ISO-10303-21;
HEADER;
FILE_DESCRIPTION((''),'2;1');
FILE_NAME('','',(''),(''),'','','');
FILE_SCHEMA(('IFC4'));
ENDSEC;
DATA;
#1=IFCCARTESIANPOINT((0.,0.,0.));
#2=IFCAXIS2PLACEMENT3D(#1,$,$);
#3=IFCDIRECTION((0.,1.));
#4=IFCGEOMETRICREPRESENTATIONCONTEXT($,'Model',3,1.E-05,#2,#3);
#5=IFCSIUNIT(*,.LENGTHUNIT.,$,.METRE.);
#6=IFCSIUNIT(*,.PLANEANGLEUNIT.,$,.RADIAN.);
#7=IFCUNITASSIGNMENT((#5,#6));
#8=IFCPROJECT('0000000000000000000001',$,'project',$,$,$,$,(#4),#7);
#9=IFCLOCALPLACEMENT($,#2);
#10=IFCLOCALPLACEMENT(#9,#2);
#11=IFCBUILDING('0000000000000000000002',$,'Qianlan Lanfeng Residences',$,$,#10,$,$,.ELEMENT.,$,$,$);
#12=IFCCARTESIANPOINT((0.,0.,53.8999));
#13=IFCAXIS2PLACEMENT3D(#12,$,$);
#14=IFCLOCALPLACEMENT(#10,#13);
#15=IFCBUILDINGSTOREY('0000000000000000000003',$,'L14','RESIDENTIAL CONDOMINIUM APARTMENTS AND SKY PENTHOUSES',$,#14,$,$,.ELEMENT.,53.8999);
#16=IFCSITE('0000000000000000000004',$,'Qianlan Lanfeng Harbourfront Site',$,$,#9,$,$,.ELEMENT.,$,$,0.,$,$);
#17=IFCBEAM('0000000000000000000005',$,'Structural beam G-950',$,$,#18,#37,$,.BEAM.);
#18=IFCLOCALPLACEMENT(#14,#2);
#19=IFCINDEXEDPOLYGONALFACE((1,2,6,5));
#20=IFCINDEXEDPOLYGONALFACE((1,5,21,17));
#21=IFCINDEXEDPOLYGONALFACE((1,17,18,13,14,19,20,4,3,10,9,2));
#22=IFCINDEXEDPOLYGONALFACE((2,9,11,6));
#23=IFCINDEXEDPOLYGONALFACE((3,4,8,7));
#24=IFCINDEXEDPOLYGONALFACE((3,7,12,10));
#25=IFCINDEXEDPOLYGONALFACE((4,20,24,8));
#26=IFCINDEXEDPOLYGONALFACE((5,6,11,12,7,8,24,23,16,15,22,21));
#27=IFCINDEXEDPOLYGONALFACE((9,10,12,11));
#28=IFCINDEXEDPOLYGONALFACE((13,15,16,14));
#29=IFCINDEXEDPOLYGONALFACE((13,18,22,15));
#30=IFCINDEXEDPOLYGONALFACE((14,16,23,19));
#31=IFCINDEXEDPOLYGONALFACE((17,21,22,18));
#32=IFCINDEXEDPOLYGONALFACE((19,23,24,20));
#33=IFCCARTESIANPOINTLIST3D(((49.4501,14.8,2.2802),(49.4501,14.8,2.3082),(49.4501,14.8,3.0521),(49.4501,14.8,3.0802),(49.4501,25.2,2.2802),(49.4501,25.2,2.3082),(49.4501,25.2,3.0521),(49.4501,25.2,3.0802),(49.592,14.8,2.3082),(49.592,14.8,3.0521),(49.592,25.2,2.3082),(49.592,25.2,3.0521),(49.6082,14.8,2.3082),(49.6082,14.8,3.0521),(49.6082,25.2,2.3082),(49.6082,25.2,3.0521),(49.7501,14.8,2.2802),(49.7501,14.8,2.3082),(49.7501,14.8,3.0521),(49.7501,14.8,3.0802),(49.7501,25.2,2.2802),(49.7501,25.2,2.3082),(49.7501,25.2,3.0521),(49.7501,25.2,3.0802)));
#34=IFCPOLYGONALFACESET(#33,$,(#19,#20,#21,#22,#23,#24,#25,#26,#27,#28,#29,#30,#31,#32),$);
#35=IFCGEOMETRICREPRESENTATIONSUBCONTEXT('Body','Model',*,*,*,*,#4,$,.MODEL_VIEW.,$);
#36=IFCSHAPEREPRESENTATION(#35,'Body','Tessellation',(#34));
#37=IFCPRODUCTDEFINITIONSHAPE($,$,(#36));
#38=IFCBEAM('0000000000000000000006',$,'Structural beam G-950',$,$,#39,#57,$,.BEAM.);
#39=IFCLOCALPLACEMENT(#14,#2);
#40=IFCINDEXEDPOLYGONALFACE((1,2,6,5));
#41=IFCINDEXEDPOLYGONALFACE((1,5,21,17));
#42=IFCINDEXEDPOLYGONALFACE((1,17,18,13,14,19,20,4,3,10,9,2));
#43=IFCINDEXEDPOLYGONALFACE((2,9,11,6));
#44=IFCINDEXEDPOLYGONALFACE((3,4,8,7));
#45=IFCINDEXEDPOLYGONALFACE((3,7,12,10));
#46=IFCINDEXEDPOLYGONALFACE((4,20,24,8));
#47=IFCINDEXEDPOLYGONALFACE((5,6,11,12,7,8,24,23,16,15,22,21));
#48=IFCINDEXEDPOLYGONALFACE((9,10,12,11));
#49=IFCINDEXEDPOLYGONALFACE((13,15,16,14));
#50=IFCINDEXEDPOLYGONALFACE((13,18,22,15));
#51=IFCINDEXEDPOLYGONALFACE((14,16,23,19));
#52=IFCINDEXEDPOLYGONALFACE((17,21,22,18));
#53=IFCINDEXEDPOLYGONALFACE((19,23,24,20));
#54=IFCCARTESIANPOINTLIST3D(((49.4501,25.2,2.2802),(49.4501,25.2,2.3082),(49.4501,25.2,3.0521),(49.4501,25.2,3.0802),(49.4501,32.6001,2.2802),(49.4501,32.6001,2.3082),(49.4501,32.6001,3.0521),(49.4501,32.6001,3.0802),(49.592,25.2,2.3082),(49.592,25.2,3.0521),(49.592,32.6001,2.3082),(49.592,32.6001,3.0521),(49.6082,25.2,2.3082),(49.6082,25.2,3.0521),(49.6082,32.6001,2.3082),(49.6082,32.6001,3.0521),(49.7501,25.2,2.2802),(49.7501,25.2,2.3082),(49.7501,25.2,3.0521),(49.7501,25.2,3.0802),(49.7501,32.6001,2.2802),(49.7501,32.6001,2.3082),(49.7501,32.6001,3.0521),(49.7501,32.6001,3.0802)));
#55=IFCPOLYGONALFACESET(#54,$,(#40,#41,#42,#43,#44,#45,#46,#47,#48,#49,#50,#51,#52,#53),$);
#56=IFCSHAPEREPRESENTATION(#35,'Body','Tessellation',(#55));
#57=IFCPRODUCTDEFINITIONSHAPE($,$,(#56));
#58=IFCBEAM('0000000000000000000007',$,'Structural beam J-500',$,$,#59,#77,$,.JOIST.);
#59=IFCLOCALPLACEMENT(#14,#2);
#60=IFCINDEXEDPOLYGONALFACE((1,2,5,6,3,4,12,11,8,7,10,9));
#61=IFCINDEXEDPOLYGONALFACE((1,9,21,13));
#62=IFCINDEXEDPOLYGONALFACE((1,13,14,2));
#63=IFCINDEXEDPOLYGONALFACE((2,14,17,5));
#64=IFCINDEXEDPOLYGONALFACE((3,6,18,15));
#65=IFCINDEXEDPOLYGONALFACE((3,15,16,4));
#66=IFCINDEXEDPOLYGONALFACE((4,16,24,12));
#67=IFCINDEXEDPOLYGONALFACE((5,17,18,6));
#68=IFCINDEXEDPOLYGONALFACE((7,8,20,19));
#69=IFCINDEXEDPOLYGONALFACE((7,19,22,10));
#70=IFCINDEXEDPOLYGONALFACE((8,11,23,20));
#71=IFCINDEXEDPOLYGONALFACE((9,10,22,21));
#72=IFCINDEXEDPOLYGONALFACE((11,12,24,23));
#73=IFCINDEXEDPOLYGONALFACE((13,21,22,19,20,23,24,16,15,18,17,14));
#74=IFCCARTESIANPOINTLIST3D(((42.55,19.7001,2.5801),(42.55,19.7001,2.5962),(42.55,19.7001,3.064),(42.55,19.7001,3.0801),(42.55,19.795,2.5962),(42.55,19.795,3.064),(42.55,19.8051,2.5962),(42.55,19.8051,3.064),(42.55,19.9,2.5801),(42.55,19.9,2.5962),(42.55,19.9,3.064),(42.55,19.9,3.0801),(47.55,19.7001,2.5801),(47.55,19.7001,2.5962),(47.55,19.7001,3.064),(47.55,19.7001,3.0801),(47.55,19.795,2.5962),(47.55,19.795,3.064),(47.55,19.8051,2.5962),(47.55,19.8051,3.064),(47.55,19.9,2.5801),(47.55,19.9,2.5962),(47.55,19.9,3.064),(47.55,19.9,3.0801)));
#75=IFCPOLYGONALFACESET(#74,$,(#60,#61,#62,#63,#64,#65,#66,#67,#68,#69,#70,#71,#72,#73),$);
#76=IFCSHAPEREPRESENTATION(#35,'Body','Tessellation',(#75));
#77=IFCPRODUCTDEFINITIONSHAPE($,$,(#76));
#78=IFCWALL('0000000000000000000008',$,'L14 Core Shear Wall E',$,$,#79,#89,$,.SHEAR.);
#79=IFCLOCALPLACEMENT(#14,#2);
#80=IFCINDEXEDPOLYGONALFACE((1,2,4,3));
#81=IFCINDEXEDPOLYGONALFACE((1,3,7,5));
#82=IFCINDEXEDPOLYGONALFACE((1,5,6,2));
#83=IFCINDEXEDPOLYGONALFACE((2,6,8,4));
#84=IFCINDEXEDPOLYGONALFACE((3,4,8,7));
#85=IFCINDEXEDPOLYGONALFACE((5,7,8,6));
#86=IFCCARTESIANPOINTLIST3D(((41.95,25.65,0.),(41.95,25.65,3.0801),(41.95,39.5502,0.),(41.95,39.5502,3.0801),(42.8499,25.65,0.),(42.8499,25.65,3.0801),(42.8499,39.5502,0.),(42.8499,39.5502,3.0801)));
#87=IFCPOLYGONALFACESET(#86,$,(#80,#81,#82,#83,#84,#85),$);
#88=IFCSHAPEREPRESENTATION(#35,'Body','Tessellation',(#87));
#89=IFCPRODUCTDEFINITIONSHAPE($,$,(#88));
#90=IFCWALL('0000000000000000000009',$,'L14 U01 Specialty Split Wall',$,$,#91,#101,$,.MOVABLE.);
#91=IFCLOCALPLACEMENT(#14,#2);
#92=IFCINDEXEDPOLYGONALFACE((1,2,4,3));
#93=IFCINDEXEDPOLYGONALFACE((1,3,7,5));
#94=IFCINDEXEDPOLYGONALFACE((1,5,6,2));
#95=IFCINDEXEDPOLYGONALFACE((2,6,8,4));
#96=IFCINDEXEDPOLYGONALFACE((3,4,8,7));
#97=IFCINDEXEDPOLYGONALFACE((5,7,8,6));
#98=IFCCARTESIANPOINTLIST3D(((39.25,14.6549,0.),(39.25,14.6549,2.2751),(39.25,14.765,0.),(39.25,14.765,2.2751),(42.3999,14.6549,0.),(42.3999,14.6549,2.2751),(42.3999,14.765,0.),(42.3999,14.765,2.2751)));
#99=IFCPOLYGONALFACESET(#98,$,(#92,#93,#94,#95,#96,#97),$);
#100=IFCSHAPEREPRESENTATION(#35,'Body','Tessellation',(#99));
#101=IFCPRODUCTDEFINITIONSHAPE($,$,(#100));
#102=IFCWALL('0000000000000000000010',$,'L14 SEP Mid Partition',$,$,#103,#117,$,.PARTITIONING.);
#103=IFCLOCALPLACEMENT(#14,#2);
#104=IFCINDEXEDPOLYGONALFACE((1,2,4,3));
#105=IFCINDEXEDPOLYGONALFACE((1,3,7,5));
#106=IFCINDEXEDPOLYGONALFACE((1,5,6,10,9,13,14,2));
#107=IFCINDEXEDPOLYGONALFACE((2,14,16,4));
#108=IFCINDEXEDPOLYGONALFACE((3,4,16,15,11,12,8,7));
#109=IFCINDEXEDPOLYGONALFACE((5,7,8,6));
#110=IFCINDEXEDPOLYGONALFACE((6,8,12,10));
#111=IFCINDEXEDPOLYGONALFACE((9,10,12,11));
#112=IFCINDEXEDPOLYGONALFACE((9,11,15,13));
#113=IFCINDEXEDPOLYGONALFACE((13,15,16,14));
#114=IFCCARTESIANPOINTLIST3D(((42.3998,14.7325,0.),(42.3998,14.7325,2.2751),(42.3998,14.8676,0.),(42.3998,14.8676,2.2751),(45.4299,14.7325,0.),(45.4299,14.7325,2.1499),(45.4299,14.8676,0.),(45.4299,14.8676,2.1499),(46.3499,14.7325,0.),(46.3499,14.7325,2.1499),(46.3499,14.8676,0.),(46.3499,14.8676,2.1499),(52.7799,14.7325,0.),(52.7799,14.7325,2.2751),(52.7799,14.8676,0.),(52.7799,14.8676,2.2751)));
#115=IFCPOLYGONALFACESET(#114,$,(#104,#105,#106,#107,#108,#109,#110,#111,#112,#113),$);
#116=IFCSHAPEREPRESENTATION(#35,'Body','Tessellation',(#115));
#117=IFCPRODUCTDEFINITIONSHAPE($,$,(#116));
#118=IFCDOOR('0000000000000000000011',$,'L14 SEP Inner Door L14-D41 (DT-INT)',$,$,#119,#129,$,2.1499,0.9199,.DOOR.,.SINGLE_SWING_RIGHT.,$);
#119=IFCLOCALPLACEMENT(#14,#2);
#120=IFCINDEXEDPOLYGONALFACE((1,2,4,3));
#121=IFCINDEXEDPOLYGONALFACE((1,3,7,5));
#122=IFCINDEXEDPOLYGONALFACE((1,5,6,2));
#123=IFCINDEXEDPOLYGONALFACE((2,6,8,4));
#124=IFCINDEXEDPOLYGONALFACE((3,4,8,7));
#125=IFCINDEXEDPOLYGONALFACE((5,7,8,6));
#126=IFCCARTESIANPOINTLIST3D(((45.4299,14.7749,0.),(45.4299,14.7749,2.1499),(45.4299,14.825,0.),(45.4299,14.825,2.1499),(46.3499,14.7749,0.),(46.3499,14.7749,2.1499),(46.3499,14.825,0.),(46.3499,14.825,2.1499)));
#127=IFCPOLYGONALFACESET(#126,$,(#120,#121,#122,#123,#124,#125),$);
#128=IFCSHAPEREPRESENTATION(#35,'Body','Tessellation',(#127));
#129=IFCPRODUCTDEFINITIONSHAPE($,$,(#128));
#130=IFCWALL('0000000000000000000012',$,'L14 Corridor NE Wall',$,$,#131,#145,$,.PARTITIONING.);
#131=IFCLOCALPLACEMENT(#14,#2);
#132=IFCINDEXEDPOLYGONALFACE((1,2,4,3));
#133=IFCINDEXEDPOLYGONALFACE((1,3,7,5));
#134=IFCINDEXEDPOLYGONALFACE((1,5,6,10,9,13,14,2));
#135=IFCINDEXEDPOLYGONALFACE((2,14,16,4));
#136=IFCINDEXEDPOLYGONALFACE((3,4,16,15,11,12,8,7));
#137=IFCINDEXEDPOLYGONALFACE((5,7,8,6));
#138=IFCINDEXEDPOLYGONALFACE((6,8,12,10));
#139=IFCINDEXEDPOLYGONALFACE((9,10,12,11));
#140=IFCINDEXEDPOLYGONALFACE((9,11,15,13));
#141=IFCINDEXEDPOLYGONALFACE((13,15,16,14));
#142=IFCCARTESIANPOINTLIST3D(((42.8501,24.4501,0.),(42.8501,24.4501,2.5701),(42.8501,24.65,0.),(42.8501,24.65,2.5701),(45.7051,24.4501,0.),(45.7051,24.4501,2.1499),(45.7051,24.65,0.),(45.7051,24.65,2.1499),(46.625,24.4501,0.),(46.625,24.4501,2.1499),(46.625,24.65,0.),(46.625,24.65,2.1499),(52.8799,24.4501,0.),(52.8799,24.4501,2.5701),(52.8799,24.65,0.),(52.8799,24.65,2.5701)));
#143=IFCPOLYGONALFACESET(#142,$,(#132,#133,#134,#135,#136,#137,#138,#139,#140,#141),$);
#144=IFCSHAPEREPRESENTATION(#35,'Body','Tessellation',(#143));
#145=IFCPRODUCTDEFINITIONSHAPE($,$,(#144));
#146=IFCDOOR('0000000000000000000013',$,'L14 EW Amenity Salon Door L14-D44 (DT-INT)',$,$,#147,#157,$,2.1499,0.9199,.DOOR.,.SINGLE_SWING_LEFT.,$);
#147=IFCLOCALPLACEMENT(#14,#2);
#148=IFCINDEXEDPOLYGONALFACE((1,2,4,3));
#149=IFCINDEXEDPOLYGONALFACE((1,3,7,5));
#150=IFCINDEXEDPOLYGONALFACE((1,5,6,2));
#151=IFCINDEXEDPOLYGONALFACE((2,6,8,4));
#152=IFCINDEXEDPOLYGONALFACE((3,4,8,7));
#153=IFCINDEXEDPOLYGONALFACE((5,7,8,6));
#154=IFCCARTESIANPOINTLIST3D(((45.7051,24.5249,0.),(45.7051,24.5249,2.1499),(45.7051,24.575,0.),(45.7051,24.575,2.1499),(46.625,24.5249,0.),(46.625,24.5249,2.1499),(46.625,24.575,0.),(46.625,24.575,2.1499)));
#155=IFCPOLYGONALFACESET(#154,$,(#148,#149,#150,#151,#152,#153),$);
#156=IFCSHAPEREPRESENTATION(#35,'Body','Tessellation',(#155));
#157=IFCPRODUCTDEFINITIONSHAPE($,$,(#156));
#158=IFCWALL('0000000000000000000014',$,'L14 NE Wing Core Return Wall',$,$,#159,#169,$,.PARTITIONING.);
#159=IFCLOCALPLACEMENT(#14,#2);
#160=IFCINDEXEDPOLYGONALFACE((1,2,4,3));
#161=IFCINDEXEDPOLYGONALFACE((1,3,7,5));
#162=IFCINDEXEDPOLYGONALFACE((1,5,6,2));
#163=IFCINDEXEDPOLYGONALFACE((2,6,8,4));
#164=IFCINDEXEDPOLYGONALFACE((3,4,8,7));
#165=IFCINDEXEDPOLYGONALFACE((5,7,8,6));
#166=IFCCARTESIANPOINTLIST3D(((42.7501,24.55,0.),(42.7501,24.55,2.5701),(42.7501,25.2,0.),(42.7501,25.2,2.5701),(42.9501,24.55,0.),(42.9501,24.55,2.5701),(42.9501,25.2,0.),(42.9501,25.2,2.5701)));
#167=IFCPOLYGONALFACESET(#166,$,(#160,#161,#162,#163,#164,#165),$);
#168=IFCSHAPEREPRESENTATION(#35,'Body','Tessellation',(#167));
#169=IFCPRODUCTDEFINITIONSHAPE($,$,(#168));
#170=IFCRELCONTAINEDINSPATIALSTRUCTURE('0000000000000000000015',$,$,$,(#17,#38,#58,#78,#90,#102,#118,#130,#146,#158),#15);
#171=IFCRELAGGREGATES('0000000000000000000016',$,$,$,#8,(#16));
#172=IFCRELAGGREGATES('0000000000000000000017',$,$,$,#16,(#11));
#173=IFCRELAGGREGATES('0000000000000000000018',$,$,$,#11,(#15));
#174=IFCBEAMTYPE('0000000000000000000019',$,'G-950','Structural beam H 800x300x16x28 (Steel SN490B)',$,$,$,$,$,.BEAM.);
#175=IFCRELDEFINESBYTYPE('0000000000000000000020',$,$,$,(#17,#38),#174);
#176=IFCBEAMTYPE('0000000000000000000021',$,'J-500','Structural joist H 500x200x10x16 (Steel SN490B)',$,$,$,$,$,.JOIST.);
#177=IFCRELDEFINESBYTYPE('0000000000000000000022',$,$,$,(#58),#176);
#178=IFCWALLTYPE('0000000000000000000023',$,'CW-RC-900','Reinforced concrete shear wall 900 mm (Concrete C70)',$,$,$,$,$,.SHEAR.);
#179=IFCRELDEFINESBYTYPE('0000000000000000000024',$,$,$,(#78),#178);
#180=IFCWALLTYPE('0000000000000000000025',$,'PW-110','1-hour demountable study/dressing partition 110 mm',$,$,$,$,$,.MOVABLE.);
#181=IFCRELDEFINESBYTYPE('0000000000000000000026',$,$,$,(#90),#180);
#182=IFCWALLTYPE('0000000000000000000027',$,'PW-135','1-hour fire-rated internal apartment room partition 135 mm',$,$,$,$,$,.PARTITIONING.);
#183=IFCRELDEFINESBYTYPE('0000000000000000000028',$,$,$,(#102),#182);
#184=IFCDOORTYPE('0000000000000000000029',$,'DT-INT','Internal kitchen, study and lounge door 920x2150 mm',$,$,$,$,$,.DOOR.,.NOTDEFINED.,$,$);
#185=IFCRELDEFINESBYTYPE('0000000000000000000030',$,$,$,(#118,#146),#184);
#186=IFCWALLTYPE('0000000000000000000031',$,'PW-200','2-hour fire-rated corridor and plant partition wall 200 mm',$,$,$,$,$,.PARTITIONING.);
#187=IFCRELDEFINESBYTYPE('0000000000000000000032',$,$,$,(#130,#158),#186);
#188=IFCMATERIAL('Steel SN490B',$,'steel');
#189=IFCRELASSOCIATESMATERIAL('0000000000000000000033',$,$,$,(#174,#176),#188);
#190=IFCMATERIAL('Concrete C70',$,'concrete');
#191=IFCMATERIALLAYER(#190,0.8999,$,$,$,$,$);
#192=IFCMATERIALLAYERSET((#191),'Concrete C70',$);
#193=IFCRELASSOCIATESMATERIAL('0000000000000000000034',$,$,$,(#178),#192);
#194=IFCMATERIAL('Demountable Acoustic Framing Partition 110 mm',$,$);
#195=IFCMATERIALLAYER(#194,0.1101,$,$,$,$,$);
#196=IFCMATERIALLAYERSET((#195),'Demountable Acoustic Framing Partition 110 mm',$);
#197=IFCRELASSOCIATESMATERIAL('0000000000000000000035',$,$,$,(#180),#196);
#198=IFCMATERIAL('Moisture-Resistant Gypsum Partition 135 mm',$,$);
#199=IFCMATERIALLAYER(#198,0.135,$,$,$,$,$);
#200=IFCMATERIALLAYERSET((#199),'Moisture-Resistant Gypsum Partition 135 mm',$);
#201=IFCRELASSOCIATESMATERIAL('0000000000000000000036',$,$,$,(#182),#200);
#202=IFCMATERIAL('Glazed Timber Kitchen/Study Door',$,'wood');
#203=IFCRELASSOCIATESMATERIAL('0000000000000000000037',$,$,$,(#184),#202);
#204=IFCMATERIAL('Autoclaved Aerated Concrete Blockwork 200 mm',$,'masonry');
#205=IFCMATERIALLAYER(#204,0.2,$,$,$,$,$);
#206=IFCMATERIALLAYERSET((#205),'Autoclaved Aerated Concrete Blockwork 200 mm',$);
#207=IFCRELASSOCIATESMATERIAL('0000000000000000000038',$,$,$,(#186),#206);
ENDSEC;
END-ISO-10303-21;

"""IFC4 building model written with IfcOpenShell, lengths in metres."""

from ifc_helpers import new_model, si_unit, direction, frame, frame_2d, origin, origin_2d, place, context, subcontext, project, spatial, rectangle, i_section, extrude, material, layer, layer_set, material_profile, profile_set, type_object, element, fill, save


model = new_model("IFC4")

# Units and contexts
model_context = context("Model", 3, precision=1e-05, world=origin(), true_north=direction((0.0, 1.0)))
body_context = subcontext(model_context, "Body", "Model", "MODEL_VIEW")
ifc_project = project(units=[si_unit("LENGTHUNIT", "METRE"), si_unit("PLANEANGLEUNIT", "RADIAN")], contexts=[model_context])

# Site, building, storey
site_placement = place(None, origin())
site = spatial("IfcSite", under=ifc_project, at=site_placement, Name="Qianlan Lanfeng Harbourfront Site", CompositionType="ELEMENT", RefElevation=0.0)
building_placement = place(site_placement, origin())
building = spatial("IfcBuilding", under=site, at=building_placement, Name="Qianlan Lanfeng Residences", CompositionType="ELEMENT")
storey_placement = place(building_placement, frame((0.0, 0.0, 53.8999)))
storey = spatial("IfcBuildingStorey", under=building, at=storey_placement, Name="L14", Description="RESIDENTIAL CONDOMINIUM APARTMENTS AND SKY PENTHOUSES", CompositionType="ELEMENT", Elevation=53.8999)

# Shared definitions
ifc_material_1 = material(Name="Steel SN490B", Category="steel")

# Beams
ifc_material_profile_1 = material_profile(ifc_material_1, i_section(OverallWidth=0.3, OverallDepth=0.8, WebThickness=0.0161, FlangeThickness=0.0281, at=origin_2d()), Name="H 800x300x16x28")
ifc_profile_set_1 = profile_set([ifc_material_profile_1], Name="Steel SN490B")
beam_type_1 = type_object("IfcBeamType", Name="G-950", Description="Structural beam H 800x300x16x28 (Steel SN490B)", PredefinedType="BEAM", material=ifc_profile_set_1)
beam_1_placement = place(storey_placement, frame((49.6001, 14.8, 2.6802), z_axis=(0.0, 1.0, 0.0), x_axis=(-1.0, 0.0, 0.0)))
element("IfcBeam", 1, at=beam_1_placement, inside=storey, type_object=beam_type_1, Name="Structural beam G-950", PredefinedType="BEAM", context=body_context, shape_type="SweptSolid", body=[
    extrude(i_section(OverallWidth=0.3, OverallDepth=0.8, WebThickness=0.0161, FlangeThickness=0.0281, at=origin_2d()), origin(), (0.0, 0.0, 1.0), 10.3999),
])
beam_2_placement = place(storey_placement, frame((49.6001, 25.2, 2.6802), z_axis=(0.0, 1.0, 0.0), x_axis=(-1.0, 0.0, 0.0)))
element("IfcBeam", 2, at=beam_2_placement, inside=storey, type_object=beam_type_1, Name="Structural beam G-950", PredefinedType="BEAM", context=body_context, shape_type="SweptSolid", body=[
    extrude(i_section(OverallWidth=0.3, OverallDepth=0.8, WebThickness=0.0161, FlangeThickness=0.0281, at=origin_2d()), origin(), (0.0, 0.0, 1.0), 7.4001),
])
ifc_material_profile_2 = material_profile(ifc_material_1, i_section(OverallWidth=0.2, OverallDepth=0.5, WebThickness=0.01, FlangeThickness=0.0161, at=origin_2d()), Name="H 500x200x10x16")
ifc_profile_set_2 = profile_set([ifc_material_profile_2], Name="Steel SN490B")
beam_type_2 = type_object("IfcBeamType", Name="J-500", Description="Structural joist H 500x200x10x16 (Steel SN490B)", PredefinedType="JOIST", material=ifc_profile_set_2)
beam_3_placement = place(storey_placement, frame((42.55, 19.8, 2.8301), z_axis=(1.0, 0.0, 0.0), x_axis=(0.0, 1.0, 0.0)))
element("IfcBeam", 3, at=beam_3_placement, inside=storey, type_object=beam_type_2, Name="Structural beam J-500", PredefinedType="JOIST", context=body_context, shape_type="SweptSolid", body=[
    extrude(i_section(OverallWidth=0.2, OverallDepth=0.5, WebThickness=0.01, FlangeThickness=0.0161, at=origin_2d()), origin(), (0.0, 0.0, 1.0), 5.0),
])

# Walls
ifc_material_2 = material(Name="Concrete C70", Category="concrete")
ifc_layer_1 = layer(ifc_material_2, 0.8999)
ifc_layer_set_1 = layer_set([ifc_layer_1], Name="Concrete C70")
wall_type_1 = type_object("IfcWallType", Name="CW-RC-900", Description="Reinforced concrete shear wall 900 mm (Concrete C70)", PredefinedType="SHEAR", material=ifc_layer_set_1)
wall_1_placement = place(storey_placement, frame((42.3999, 25.6499, 0.0), z_axis=(0.0, 0.0, 1.0), x_axis=(0.0, 1.0, 0.0)))
element("IfcWall", 4, at=wall_1_placement, inside=storey, type_object=wall_type_1, Name="L14 Core Shear Wall E", PredefinedType="SHEAR", context=body_context, shape_type="SweptSolid", body=[
    extrude(rectangle(XDim=13.9001, YDim=0.8999, at=frame_2d((6.9502, 0.0))), origin(), (0.0, 0.0, 1.0), 3.0801),
])
ifc_material_3 = material(Name="Demountable Acoustic Framing Partition 110 mm")
ifc_layer_2 = layer(ifc_material_3, 0.1101)
ifc_layer_set_2 = layer_set([ifc_layer_2], Name="Demountable Acoustic Framing Partition 110 mm")
wall_type_2 = type_object("IfcWallType", Name="PW-110", Description="1-hour demountable study/dressing partition 110 mm", PredefinedType="MOVABLE", material=ifc_layer_set_2)
wall_2_placement = place(storey_placement, frame((39.25, 14.71, 0.0), z_axis=(0.0, 0.0, 1.0), x_axis=(1.0, 0.0, 0.0)))
element("IfcWall", 5, at=wall_2_placement, inside=storey, type_object=wall_type_2, Name="L14 U01 Specialty Split Wall", PredefinedType="MOVABLE", context=body_context, shape_type="SweptSolid", body=[
    extrude(rectangle(XDim=3.1499, YDim=0.1101, at=frame_2d((1.575, 0.0))), origin(), (0.0, 0.0, 1.0), 2.2751),
])

# Walls, openings, doors
ifc_material_4 = material(Name="Moisture-Resistant Gypsum Partition 135 mm")
ifc_layer_3 = layer(ifc_material_4, 0.135)
ifc_layer_set_3 = layer_set([ifc_layer_3], Name="Moisture-Resistant Gypsum Partition 135 mm")
wall_type_3 = type_object("IfcWallType", Name="PW-135", Description="1-hour fire-rated internal apartment room partition 135 mm", PredefinedType="PARTITIONING", material=ifc_layer_set_3)
wall_3_placement = place(storey_placement, frame((42.3999, 14.8, 0.0), z_axis=(0.0, 0.0, 1.0), x_axis=(1.0, 0.0, 0.0)))
wall_3 = element("IfcWall", 6, at=wall_3_placement, inside=storey, type_object=wall_type_3, Name="L14 SEP Mid Partition", PredefinedType="PARTITIONING", context=body_context, shape_type="SweptSolid", body=[
    extrude(rectangle(XDim=10.3801, YDim=0.135, at=frame_2d((5.1899, 0.0))), origin(), (0.0, 0.0, 1.0), 2.2751),
])
opening_1_placement = place(wall_3_placement, frame((3.03, 0.0, 0.0)))
opening_1 = element("IfcOpeningElement", 7, at=opening_1_placement, cuts=wall_3, PredefinedType="OPENING", context=body_context, shape_type="SweptSolid", body=[
    extrude(rectangle(XDim=0.9199, YDim=2.1499, at=frame_2d((0.46, 1.075))), frame((0.0, 0.0776, 0.0), z_axis=(0.0, -1.0, 0.0), x_axis=(1.0, 0.0, 0.0)), (0.0, 0.0, 1.0), 0.155),
])
ifc_material_5 = material(Name="Glazed Timber Kitchen/Study Door", Category="wood")
door_type = type_object("IfcDoorType", Name="DT-INT", Description="Internal kitchen, study and lounge door 920x2150 mm", OperationType="NOTDEFINED", PredefinedType="DOOR", material=ifc_material_5)
door_1_placement = place(opening_1_placement, origin())
door_1 = element("IfcDoor", 8, at=door_1_placement, inside=storey, type_object=door_type, Name="L14 SEP Inner Door L14-D41 (DT-INT)", OperationType="SINGLE_SWING_RIGHT", OverallHeight=2.1499, OverallWidth=0.9199, PredefinedType="DOOR", context=body_context, shape_type="SweptSolid", body=[
    extrude(rectangle(XDim=0.9199, YDim=2.1499, at=frame_2d((0.46, 1.075))), frame((0.0, 0.0249, 0.0), z_axis=(0.0, -1.0, 0.0), x_axis=(1.0, 0.0, 0.0)), (0.0, 0.0, 1.0), 0.05),
])
fill(opening_1, door_1)
ifc_material_6 = material(Name="Autoclaved Aerated Concrete Blockwork 200 mm", Category="masonry")
ifc_layer_4 = layer(ifc_material_6, 0.2)
ifc_layer_set_4 = layer_set([ifc_layer_4], Name="Autoclaved Aerated Concrete Blockwork 200 mm")
wall_type_4 = type_object("IfcWallType", Name="PW-200", Description="2-hour fire-rated corridor and plant partition wall 200 mm", PredefinedType="PARTITIONING", material=ifc_layer_set_4)
wall_4_placement = place(storey_placement, frame((42.8501, 24.55, 0.0), z_axis=(0.0, 0.0, 1.0), x_axis=(1.0, 0.0, 0.0)))
wall_4 = element("IfcWall", 9, at=wall_4_placement, inside=storey, type_object=wall_type_4, Name="L14 Corridor NE Wall", PredefinedType="PARTITIONING", context=body_context, shape_type="SweptSolid", body=[
    extrude(rectangle(XDim=10.0298, YDim=0.2, at=frame_2d((5.0149, 0.0))), origin(), (0.0, 0.0, 1.0), 2.5701),
])
opening_2_placement = place(wall_4_placement, frame((2.855, 0.0, 0.0)))
opening_2 = element("IfcOpeningElement", 10, at=opening_2_placement, cuts=wall_4, PredefinedType="OPENING", context=body_context, shape_type="SweptSolid", body=[
    extrude(rectangle(XDim=0.9199, YDim=2.1499, at=frame_2d((0.46, 1.075))), frame((0.0, 0.1099, 0.0), z_axis=(0.0, -1.0, 0.0), x_axis=(1.0, 0.0, 0.0)), (0.0, 0.0, 1.0), 0.22),
])
door_2_placement = place(opening_2_placement, origin())
door_2 = element("IfcDoor", 11, at=door_2_placement, inside=storey, type_object=door_type, Name="L14 EW Amenity Salon Door L14-D44 (DT-INT)", OperationType="SINGLE_SWING_LEFT", OverallHeight=2.1499, OverallWidth=0.9199, PredefinedType="DOOR", context=body_context, shape_type="SweptSolid", body=[
    extrude(rectangle(XDim=0.9199, YDim=2.1499, at=frame_2d((0.46, 1.075))), frame((0.0, 0.0249, 0.0), z_axis=(0.0, -1.0, 0.0), x_axis=(1.0, 0.0, 0.0)), (0.0, 0.0, 1.0), 0.05),
])
fill(opening_2, door_2)

# Wall
wall_5_placement = place(storey_placement, frame((42.8501, 24.55, 0.0), z_axis=(0.0, 0.0, 1.0), x_axis=(0.0, 1.0, 0.0)))
element("IfcWall", 12, at=wall_5_placement, inside=storey, type_object=wall_type_4, Name="L14 NE Wing Core Return Wall", PredefinedType="PARTITIONING", context=body_context, shape_type="SweptSolid", body=[
    extrude(rectangle(XDim=0.6499, YDim=0.2, at=frame_2d((0.325, 0.0))), origin(), (0.0, 0.0, 1.0), 2.5701),
])

save(model, "model.ifc")
